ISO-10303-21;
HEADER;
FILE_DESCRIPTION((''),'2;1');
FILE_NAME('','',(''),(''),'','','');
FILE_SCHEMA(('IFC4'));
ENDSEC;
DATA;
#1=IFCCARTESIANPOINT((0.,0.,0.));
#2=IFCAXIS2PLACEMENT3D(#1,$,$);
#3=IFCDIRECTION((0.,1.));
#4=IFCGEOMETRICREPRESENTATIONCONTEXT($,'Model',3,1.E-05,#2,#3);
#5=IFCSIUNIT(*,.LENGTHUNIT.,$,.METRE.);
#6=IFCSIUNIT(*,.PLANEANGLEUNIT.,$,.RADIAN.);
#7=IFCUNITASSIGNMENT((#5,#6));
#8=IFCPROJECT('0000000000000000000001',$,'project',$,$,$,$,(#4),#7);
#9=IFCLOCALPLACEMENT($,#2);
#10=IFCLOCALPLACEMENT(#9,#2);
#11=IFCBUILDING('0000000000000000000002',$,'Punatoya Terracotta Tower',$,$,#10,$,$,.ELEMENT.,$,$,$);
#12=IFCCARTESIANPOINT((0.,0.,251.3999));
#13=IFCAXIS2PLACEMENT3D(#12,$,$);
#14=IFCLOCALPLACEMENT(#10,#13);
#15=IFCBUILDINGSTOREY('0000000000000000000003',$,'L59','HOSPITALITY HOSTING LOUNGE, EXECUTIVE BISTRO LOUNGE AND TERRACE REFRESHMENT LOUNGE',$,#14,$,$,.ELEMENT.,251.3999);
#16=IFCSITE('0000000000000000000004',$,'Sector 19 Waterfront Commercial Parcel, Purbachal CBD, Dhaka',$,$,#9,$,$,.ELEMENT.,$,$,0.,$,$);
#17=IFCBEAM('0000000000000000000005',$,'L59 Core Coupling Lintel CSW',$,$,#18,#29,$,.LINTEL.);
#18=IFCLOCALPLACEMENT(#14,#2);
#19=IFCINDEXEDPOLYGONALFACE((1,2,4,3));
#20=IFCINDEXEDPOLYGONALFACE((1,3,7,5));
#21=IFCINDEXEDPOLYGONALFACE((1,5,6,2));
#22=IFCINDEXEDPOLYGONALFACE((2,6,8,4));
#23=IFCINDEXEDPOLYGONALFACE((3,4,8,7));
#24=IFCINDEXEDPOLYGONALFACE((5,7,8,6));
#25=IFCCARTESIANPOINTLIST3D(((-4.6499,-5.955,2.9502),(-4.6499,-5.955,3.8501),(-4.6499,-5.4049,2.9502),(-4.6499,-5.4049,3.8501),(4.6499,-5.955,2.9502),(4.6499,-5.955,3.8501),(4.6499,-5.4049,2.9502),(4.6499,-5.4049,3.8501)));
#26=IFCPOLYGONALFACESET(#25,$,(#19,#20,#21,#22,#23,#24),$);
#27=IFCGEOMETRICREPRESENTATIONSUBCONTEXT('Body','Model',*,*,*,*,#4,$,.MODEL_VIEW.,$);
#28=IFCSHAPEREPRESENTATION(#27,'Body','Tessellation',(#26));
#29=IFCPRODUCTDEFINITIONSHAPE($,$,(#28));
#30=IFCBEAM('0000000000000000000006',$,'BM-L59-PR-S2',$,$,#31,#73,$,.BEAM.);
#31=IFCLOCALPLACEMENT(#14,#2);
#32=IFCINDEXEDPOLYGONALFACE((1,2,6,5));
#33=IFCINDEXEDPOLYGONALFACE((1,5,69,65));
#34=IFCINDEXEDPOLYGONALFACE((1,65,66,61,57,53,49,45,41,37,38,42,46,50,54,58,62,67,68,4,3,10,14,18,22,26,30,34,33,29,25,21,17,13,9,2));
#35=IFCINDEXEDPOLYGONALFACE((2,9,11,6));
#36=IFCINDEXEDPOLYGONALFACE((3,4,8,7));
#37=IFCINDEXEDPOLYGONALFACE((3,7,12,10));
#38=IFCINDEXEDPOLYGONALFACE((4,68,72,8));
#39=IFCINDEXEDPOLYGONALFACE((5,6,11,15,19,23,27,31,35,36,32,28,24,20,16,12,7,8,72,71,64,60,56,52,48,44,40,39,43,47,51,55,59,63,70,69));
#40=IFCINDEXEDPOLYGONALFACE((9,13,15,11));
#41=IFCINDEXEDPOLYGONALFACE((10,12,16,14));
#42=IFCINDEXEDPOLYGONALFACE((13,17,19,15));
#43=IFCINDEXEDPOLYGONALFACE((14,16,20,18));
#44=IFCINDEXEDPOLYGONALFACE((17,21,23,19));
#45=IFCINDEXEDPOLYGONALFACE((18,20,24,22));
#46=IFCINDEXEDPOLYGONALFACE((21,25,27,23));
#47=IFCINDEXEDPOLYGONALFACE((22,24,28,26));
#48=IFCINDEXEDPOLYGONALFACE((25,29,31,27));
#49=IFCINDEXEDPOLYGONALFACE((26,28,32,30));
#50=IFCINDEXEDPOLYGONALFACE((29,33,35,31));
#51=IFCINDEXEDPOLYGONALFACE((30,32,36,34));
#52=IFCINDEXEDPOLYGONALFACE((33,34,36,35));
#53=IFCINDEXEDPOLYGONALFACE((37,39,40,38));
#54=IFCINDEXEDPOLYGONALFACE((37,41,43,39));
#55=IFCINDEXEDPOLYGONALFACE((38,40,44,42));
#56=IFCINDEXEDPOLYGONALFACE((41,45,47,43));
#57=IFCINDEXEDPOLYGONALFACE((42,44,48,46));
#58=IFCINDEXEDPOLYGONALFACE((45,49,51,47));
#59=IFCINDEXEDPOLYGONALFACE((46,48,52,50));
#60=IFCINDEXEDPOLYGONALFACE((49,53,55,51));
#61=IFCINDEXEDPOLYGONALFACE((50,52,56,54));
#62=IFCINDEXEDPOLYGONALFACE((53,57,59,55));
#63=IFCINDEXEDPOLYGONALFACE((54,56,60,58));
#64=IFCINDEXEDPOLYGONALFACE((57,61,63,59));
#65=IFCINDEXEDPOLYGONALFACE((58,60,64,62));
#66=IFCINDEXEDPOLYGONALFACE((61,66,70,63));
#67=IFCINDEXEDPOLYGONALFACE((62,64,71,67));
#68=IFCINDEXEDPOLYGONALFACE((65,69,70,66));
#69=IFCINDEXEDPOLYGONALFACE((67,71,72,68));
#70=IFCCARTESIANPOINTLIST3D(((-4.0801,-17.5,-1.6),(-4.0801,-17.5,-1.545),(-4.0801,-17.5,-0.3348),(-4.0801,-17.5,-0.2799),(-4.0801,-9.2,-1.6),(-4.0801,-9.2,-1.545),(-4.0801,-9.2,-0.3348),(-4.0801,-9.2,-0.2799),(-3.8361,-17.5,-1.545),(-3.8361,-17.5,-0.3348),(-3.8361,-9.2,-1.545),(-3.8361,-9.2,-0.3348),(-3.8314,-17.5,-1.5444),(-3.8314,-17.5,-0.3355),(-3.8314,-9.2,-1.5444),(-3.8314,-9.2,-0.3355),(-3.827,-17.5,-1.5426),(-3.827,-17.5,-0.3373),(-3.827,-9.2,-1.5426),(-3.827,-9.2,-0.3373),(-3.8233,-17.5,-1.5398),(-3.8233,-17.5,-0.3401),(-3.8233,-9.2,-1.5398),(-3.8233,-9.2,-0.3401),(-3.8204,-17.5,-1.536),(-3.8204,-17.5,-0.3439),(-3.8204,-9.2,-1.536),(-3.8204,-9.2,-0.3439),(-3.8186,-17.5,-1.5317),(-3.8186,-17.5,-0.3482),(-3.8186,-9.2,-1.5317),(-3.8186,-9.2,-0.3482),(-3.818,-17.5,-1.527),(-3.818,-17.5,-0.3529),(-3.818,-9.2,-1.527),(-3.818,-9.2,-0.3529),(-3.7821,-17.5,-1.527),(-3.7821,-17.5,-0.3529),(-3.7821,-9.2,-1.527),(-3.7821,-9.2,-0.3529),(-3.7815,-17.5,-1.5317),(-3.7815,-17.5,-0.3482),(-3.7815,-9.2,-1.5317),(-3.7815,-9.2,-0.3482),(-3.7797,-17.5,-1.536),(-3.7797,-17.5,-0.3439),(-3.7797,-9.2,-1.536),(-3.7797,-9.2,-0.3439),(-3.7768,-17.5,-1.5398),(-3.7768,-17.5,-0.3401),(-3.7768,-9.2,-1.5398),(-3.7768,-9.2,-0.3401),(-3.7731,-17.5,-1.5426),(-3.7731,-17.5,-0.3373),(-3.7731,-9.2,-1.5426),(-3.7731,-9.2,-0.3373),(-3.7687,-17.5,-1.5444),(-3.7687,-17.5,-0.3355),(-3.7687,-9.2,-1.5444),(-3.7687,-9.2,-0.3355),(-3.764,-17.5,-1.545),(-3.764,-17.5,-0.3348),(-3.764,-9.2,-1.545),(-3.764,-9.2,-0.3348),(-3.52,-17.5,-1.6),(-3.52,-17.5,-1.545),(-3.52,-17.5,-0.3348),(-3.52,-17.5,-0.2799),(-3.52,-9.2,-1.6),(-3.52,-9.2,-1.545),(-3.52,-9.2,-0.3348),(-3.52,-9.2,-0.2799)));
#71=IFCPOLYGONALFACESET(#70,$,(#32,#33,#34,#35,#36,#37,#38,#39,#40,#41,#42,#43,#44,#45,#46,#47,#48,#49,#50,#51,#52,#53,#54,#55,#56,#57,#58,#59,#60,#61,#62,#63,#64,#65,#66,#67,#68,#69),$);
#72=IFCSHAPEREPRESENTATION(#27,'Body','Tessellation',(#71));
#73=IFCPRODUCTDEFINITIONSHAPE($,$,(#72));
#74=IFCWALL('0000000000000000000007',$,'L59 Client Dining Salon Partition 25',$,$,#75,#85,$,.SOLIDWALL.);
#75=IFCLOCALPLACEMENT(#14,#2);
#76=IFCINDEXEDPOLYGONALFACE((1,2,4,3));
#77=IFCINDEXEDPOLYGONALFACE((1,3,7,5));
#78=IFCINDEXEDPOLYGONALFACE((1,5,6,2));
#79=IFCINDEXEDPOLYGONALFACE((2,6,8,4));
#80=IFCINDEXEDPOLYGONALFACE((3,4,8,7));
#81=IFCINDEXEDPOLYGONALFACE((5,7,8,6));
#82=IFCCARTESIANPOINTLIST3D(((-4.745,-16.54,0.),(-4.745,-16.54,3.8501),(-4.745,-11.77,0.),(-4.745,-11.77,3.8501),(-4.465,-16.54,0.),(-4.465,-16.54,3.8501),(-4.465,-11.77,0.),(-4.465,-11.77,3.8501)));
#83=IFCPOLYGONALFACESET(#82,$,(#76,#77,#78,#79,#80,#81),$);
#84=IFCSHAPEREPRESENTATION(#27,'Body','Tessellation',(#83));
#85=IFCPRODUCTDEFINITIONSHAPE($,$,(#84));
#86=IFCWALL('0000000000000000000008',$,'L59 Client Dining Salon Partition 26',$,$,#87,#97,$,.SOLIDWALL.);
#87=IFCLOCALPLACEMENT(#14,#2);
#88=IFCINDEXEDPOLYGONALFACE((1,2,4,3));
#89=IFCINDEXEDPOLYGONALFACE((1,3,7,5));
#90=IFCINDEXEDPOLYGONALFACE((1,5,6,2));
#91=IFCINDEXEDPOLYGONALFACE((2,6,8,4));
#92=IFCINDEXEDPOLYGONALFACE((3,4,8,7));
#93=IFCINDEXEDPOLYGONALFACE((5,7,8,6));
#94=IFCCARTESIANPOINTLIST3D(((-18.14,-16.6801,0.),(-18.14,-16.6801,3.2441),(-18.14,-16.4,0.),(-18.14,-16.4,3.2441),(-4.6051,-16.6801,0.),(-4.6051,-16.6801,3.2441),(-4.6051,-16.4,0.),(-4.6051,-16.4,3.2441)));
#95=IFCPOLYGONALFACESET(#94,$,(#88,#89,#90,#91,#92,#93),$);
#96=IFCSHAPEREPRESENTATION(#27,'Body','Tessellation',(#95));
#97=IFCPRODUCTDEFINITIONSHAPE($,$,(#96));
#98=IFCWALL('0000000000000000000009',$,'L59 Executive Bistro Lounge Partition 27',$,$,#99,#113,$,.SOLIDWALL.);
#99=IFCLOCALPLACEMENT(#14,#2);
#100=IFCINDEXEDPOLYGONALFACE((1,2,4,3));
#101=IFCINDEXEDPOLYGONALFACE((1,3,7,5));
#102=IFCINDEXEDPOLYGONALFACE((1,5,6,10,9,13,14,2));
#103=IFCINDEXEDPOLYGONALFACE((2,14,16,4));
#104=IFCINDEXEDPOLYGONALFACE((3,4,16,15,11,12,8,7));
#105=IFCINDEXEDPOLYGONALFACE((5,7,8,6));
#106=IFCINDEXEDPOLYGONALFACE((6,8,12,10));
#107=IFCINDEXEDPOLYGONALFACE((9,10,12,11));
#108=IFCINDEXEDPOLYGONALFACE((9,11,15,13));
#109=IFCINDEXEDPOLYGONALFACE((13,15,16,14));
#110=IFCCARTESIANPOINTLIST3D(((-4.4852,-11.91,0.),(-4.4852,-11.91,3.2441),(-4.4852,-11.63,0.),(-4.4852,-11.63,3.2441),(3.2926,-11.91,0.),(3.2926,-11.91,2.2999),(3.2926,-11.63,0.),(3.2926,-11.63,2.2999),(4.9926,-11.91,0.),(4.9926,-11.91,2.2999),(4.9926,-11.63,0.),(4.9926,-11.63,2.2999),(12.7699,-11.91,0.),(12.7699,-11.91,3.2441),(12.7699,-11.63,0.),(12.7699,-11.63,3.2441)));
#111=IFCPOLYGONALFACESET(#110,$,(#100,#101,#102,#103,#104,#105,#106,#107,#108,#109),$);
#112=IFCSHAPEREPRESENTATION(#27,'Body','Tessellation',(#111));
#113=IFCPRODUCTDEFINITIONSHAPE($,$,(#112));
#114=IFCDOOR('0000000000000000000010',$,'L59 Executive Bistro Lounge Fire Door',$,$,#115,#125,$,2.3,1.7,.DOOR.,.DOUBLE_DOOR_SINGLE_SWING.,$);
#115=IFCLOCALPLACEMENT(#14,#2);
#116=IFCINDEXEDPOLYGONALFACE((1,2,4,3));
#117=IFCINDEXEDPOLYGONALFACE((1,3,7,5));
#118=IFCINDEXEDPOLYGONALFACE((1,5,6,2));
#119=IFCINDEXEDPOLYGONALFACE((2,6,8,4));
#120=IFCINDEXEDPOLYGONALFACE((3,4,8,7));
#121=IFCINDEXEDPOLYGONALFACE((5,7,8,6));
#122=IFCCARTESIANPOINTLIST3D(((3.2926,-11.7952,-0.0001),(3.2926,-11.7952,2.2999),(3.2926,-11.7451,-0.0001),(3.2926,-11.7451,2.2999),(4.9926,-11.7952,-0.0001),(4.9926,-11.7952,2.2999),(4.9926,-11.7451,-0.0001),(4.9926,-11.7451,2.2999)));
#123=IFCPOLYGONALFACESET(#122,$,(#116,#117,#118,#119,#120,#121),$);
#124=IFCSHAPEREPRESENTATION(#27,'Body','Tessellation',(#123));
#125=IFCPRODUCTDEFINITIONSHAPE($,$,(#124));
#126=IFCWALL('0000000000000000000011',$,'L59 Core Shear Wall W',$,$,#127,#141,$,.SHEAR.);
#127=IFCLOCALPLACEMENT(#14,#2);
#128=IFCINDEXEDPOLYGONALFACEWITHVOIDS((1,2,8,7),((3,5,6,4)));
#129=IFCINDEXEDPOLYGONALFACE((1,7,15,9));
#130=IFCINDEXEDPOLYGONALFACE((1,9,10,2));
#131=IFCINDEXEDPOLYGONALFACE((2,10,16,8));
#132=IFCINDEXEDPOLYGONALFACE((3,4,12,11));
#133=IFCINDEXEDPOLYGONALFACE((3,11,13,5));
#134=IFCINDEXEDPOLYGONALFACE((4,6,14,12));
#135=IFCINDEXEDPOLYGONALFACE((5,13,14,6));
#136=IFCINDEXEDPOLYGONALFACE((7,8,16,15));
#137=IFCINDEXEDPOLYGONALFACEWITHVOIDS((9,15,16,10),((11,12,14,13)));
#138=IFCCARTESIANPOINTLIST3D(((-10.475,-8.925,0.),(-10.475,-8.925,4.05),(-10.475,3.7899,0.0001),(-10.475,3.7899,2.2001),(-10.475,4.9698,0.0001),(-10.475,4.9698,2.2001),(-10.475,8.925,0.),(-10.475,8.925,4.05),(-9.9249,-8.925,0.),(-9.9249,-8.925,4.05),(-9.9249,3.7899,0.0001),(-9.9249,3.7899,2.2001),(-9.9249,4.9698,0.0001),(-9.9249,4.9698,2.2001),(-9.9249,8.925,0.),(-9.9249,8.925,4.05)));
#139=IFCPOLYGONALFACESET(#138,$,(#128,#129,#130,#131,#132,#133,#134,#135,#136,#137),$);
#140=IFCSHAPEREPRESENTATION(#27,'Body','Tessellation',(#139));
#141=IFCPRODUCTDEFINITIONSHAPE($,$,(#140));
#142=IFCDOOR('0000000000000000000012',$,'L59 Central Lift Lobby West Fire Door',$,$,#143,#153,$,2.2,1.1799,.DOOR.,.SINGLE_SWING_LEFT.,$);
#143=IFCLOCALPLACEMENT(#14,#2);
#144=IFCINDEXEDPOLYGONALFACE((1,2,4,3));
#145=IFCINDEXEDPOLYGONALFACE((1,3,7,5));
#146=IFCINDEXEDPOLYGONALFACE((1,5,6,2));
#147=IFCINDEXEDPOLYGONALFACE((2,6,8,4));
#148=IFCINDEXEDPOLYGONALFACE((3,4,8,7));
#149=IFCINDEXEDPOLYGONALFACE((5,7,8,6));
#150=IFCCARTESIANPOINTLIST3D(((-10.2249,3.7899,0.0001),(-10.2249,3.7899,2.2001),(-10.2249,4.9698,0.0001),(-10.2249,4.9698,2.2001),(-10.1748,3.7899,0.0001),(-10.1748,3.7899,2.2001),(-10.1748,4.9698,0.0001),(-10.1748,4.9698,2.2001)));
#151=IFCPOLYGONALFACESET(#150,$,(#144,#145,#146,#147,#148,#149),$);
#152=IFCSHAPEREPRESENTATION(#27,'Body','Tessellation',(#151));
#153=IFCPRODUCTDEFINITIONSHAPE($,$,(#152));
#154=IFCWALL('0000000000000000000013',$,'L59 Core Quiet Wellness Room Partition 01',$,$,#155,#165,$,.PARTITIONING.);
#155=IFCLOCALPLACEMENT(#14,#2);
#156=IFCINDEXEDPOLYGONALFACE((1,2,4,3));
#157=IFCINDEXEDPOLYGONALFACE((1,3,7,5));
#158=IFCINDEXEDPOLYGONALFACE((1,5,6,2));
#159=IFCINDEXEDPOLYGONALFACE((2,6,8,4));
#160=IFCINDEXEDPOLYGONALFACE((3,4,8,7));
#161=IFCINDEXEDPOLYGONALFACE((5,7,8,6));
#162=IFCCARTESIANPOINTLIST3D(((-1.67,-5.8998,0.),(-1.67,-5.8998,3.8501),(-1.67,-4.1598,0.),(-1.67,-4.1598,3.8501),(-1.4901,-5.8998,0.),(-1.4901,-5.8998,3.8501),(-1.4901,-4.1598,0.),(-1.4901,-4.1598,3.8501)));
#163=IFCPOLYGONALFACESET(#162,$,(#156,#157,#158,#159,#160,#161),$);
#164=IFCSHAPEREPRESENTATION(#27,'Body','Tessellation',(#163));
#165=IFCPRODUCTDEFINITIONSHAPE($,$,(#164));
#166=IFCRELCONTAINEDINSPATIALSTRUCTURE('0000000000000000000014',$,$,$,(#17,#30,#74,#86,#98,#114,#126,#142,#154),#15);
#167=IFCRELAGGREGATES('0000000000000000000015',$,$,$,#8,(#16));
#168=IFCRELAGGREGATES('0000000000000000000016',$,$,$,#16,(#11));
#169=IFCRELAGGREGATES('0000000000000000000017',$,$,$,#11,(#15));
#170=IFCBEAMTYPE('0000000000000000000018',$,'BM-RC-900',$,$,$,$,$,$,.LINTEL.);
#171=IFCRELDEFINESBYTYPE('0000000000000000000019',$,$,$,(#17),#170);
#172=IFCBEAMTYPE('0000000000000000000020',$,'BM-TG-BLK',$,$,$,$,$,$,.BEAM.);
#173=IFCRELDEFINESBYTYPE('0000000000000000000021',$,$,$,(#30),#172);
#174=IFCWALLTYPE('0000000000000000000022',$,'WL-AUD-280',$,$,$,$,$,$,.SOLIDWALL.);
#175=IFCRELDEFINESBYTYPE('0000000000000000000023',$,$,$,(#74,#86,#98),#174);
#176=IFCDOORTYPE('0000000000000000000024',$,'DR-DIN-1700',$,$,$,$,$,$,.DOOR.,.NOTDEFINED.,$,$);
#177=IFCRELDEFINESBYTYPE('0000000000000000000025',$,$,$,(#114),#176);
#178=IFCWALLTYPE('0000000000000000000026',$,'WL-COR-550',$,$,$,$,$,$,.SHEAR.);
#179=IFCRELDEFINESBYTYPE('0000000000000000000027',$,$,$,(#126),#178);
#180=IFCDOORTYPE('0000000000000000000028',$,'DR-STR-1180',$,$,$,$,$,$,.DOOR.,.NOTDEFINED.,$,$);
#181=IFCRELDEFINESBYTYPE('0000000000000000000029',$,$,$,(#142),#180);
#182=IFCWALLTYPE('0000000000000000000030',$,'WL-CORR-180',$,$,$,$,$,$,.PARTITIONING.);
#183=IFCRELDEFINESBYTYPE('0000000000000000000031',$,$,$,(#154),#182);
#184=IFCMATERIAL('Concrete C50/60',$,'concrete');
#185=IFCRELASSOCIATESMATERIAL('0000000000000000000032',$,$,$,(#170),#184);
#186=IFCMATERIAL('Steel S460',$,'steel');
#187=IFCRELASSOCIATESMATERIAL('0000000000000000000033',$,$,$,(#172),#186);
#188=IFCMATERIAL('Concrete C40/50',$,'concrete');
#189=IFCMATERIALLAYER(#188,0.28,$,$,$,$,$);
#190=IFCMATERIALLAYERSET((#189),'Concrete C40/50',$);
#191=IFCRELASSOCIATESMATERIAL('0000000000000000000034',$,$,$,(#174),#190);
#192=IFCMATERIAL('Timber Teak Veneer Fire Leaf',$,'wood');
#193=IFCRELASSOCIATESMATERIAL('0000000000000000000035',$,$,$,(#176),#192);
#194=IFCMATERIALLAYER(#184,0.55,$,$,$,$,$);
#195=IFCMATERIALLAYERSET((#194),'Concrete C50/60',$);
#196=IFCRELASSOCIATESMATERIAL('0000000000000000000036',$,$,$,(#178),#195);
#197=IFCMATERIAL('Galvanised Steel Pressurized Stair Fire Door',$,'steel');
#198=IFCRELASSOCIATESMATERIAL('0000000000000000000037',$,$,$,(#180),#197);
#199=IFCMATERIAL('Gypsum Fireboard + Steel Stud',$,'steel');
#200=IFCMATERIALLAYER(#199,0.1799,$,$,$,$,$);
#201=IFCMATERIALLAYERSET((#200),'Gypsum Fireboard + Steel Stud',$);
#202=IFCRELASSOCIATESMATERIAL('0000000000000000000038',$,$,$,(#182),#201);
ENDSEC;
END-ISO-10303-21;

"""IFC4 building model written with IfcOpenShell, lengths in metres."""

from ifc_helpers import new_model, si_unit, direction, frame, frame_2d, origin, origin_2d, place, context, subcontext, project, spatial, rectangle, i_section, extrude, material, layer, layer_set, material_profile, profile_set, type_object, element, fill, save


model = new_model("IFC4")

# Units and contexts
model_context = context("Model", 3, precision=1e-05, world=origin(), true_north=direction((0.0, 1.0)))
body_context = subcontext(model_context, "Body", "Model", "MODEL_VIEW")
ifc_project = project(units=[si_unit("LENGTHUNIT", "METRE"), si_unit("PLANEANGLEUNIT", "RADIAN")], contexts=[model_context])

# Site, building, storey
site_placement = place(None, origin())
site = spatial("IfcSite", under=ifc_project, at=site_placement, Name="Sector 19 Waterfront Commercial Parcel, Purbachal CBD, Dhaka", CompositionType="ELEMENT", RefElevation=0.0)
building_placement = place(site_placement, origin())
building = spatial("IfcBuilding", under=site, at=building_placement, Name="Punatoya Terracotta Tower", CompositionType="ELEMENT")
storey_placement = place(building_placement, frame((0.0, 0.0, 251.3999)))
storey = spatial("IfcBuildingStorey", under=building, at=storey_placement, Name="L59", Description="HOSPITALITY HOSTING LOUNGE, EXECUTIVE BISTRO LOUNGE AND TERRACE REFRESHMENT LOUNGE", CompositionType="ELEMENT", Elevation=251.3999)

# Beams
ifc_material_1 = material(Name="Concrete C50/60", Category="concrete")
ifc_material_profile_1 = material_profile(ifc_material_1, rectangle(XDim=0.55, YDim=0.8999, at=origin_2d()))
ifc_profile_set_1 = profile_set([ifc_material_profile_1], Name="Concrete C50/60")
beam_type_1 = type_object("IfcBeamType", Name="BM-RC-900", PredefinedType="LINTEL", material=ifc_profile_set_1)
beam_1_placement = place(storey_placement, frame((-4.6499, -5.6799, 3.4001), z_axis=(1.0, 0.0, 0.0), x_axis=(0.0, 1.0, 0.0)))
element("IfcBeam", 1, at=beam_1_placement, inside=storey, type_object=beam_type_1, Name="L59 Core Coupling Lintel CSW", PredefinedType="LINTEL", context=body_context, shape_type="SweptSolid", body=[
    extrude(rectangle(XDim=0.55, YDim=0.8999, at=origin_2d()), origin(), (0.0, 0.0, 1.0), 9.2998),
])
ifc_material_2 = material(Name="Steel S460", Category="steel")
ifc_material_profile_2 = material_profile(ifc_material_2, i_section(OverallWidth=0.5601, OverallDepth=1.3201, WebThickness=0.0359, FlangeThickness=0.0549, FilletRadius=0.0181, at=origin_2d()))
ifc_profile_set_2 = profile_set([ifc_material_profile_2], Name="Steel S460")
beam_type_2 = type_object("IfcBeamType", Name="BM-TG-BLK", PredefinedType="BEAM", material=ifc_profile_set_2)
beam_2_placement = place(storey_placement, frame((-3.8, -17.5, -0.9399), z_axis=(0.0, 1.0, 0.0), x_axis=(-1.0, 0.0, 0.0)))
element("IfcBeam", 2, at=beam_2_placement, inside=storey, type_object=beam_type_2, Name="BM-L59-PR-S2", PredefinedType="BEAM", context=body_context, shape_type="SweptSolid", body=[
    extrude(i_section(OverallWidth=0.5601, OverallDepth=1.3201, WebThickness=0.0359, FlangeThickness=0.0549, FilletRadius=0.0181, at=origin_2d()), origin(), (0.0, 0.0, 1.0), 8.3),
])

# Walls
ifc_material_3 = material(Name="Concrete C40/50", Category="concrete")
ifc_layer_1 = layer(ifc_material_3, 0.28)
ifc_layer_set_1 = layer_set([ifc_layer_1], Name="Concrete C40/50")
wall_type_1 = type_object("IfcWallType", Name="WL-AUD-280", PredefinedType="SOLIDWALL", material=ifc_layer_set_1)
wall_1_placement = place(storey_placement, frame((-4.605, -11.77, 0.0), z_axis=(0.0, 0.0, 1.0), x_axis=(0.0, -1.0, 0.0)))
element("IfcWall", 3, at=wall_1_placement, inside=storey, type_object=wall_type_1, Name="L59 Client Dining Salon Partition 25", PredefinedType="SOLIDWALL", context=body_context, shape_type="SweptSolid", body=[
    extrude(rectangle(XDim=4.77, YDim=0.28, at=frame_2d((2.385, 0.0))), origin(), (0.0, 0.0, 1.0), 3.8501),
])
wall_2_placement = place(storey_placement, frame((-4.605, -16.54, 0.0), z_axis=(0.0, 0.0, 1.0), x_axis=(-1.0, 0.0, 0.0)))
element("IfcWall", 4, at=wall_2_placement, inside=storey, type_object=wall_type_1, Name="L59 Client Dining Salon Partition 26", PredefinedType="SOLIDWALL", context=body_context, shape_type="SweptSolid", body=[
    extrude(rectangle(XDim=13.5349, YDim=0.28, at=frame_2d((6.7676, 0.0))), origin(), (0.0, 0.0, 1.0), 3.2441),
])

# Walls, openings, doors
wall_3_placement = place(storey_placement, frame((-4.4851, -11.77, 0.0), z_axis=(0.0, 0.0, 1.0), x_axis=(1.0, 0.0, 0.0)))
wall_3 = element("IfcWall", 5, at=wall_3_placement, inside=storey, type_object=wall_type_1, Name="L59 Executive Bistro Lounge Partition 27", PredefinedType="SOLIDWALL", context=body_context, shape_type="SweptSolid", body=[
    extrude(rectangle(XDim=17.2551, YDim=0.28, at=frame_2d((8.6274, 0.0))), origin(), (0.0, 0.0, 1.0), 3.2441),
])
opening_1_placement = place(wall_3_placement, frame((7.7776, 0.0, 0.0)))
opening_1 = element("IfcOpeningElement", 6, at=opening_1_placement, cuts=wall_3, PredefinedType="OPENING", context=body_context, shape_type="SweptSolid", body=[
    extrude(rectangle(XDim=1.7, YDim=2.3, at=frame_2d((0.8501, 1.1499))), frame((0.0, 0.1499, 0.0), z_axis=(0.0, -1.0, 0.0), x_axis=(1.0, 0.0, 0.0)), (0.0, 0.0, 1.0), 0.3),
])
ifc_material_4 = material(Name="Timber Teak Veneer Fire Leaf", Category="wood")
door_type_1 = type_object("IfcDoorType", Name="DR-DIN-1700", OperationType="NOTDEFINED", PredefinedType="DOOR", material=ifc_material_4)
door_1_placement = place(opening_1_placement, origin())
door_1 = element("IfcDoor", 7, at=door_1_placement, inside=storey, type_object=door_type_1, Name="L59 Executive Bistro Lounge Fire Door", OperationType="DOUBLE_DOOR_SINGLE_SWING", OverallHeight=2.3, OverallWidth=1.7, PredefinedType="DOOR", context=body_context, shape_type="SweptSolid", body=[
    extrude(rectangle(XDim=1.7, YDim=2.3, at=frame_2d((0.8501, 1.1499))), frame((0.0, 0.0249, 0.0), z_axis=(0.0, -1.0, 0.0), x_axis=(1.0, 0.0, 0.0)), (0.0, 0.0, 1.0), 0.05),
])
fill(opening_1, door_1)
ifc_layer_2 = layer(ifc_material_1, 0.55)
ifc_layer_set_2 = layer_set([ifc_layer_2], Name="Concrete C50/60")
wall_type_2 = type_object("IfcWallType", Name="WL-COR-550", PredefinedType="SHEAR", material=ifc_layer_set_2)
wall_4_placement = place(storey_placement, frame((-10.2, -8.925, 0.0), z_axis=(0.0, 0.0, 1.0), x_axis=(0.0, 1.0, 0.0)))
wall_4 = element("IfcWall", 8, at=wall_4_placement, inside=storey, type_object=wall_type_2, Name="L59 Core Shear Wall W", PredefinedType="SHEAR", context=body_context, shape_type="SweptSolid", body=[
    extrude(rectangle(XDim=17.8501, YDim=0.55, at=frame_2d((8.925, 0.0))), origin(), (0.0, 0.0, 1.0), 4.05),
])
opening_2_placement = place(wall_4_placement, frame((12.7151, 0.0, 0.0)))
opening_2 = element("IfcOpeningElement", 9, at=opening_2_placement, cuts=wall_4, PredefinedType="OPENING", context=body_context, shape_type="SweptSolid", body=[
    extrude(rectangle(XDim=1.1799, YDim=2.2, at=frame_2d((0.5898, 1.1001))), frame((0.0, 0.2849, 0.0), z_axis=(0.0, -1.0, 0.0), x_axis=(1.0, 0.0, 0.0)), (0.0, 0.0, 1.0), 0.5701),
])
ifc_material_5 = material(Name="Galvanised Steel Pressurized Stair Fire Door", Category="steel")
door_type_2 = type_object("IfcDoorType", Name="DR-STR-1180", OperationType="NOTDEFINED", PredefinedType="DOOR", material=ifc_material_5)
door_2_placement = place(opening_2_placement, origin())
door_2 = element("IfcDoor", 10, at=door_2_placement, inside=storey, type_object=door_type_2, Name="L59 Central Lift Lobby West Fire Door", OperationType="SINGLE_SWING_LEFT", OverallHeight=2.2, OverallWidth=1.1799, PredefinedType="DOOR", context=body_context, shape_type="SweptSolid", body=[
    extrude(rectangle(XDim=1.1799, YDim=2.2, at=frame_2d((0.5898, 1.1001))), frame((0.0, 0.0249, 0.0), z_axis=(0.0, -1.0, 0.0), x_axis=(1.0, 0.0, 0.0)), (0.0, 0.0, 1.0), 0.05),
])
fill(opening_2, door_2)

# Wall
ifc_material_6 = material(Name="Gypsum Fireboard + Steel Stud", Category="steel")
ifc_layer_3 = layer(ifc_material_6, 0.1799)
ifc_layer_set_3 = layer_set([ifc_layer_3], Name="Gypsum Fireboard + Steel Stud")
wall_type_3 = type_object("IfcWallType", Name="WL-CORR-180", PredefinedType="PARTITIONING", material=ifc_layer_set_3)
wall_5_placement = place(storey_placement, frame((-1.5801, -5.8999, 0.0), z_axis=(0.0, 0.0, 1.0), x_axis=(0.0, 1.0, 0.0)))
element("IfcWall", 11, at=wall_5_placement, inside=storey, type_object=wall_type_3, Name="L59 Core Quiet Wellness Room Partition 01", PredefinedType="PARTITIONING", context=body_context, shape_type="SweptSolid", body=[
    extrude(rectangle(XDim=1.74, YDim=0.1799, at=frame_2d((0.8701, 0.0))), origin(), (0.0, 0.0, 1.0), 3.8501),
])

save(model, "model.ifc")
